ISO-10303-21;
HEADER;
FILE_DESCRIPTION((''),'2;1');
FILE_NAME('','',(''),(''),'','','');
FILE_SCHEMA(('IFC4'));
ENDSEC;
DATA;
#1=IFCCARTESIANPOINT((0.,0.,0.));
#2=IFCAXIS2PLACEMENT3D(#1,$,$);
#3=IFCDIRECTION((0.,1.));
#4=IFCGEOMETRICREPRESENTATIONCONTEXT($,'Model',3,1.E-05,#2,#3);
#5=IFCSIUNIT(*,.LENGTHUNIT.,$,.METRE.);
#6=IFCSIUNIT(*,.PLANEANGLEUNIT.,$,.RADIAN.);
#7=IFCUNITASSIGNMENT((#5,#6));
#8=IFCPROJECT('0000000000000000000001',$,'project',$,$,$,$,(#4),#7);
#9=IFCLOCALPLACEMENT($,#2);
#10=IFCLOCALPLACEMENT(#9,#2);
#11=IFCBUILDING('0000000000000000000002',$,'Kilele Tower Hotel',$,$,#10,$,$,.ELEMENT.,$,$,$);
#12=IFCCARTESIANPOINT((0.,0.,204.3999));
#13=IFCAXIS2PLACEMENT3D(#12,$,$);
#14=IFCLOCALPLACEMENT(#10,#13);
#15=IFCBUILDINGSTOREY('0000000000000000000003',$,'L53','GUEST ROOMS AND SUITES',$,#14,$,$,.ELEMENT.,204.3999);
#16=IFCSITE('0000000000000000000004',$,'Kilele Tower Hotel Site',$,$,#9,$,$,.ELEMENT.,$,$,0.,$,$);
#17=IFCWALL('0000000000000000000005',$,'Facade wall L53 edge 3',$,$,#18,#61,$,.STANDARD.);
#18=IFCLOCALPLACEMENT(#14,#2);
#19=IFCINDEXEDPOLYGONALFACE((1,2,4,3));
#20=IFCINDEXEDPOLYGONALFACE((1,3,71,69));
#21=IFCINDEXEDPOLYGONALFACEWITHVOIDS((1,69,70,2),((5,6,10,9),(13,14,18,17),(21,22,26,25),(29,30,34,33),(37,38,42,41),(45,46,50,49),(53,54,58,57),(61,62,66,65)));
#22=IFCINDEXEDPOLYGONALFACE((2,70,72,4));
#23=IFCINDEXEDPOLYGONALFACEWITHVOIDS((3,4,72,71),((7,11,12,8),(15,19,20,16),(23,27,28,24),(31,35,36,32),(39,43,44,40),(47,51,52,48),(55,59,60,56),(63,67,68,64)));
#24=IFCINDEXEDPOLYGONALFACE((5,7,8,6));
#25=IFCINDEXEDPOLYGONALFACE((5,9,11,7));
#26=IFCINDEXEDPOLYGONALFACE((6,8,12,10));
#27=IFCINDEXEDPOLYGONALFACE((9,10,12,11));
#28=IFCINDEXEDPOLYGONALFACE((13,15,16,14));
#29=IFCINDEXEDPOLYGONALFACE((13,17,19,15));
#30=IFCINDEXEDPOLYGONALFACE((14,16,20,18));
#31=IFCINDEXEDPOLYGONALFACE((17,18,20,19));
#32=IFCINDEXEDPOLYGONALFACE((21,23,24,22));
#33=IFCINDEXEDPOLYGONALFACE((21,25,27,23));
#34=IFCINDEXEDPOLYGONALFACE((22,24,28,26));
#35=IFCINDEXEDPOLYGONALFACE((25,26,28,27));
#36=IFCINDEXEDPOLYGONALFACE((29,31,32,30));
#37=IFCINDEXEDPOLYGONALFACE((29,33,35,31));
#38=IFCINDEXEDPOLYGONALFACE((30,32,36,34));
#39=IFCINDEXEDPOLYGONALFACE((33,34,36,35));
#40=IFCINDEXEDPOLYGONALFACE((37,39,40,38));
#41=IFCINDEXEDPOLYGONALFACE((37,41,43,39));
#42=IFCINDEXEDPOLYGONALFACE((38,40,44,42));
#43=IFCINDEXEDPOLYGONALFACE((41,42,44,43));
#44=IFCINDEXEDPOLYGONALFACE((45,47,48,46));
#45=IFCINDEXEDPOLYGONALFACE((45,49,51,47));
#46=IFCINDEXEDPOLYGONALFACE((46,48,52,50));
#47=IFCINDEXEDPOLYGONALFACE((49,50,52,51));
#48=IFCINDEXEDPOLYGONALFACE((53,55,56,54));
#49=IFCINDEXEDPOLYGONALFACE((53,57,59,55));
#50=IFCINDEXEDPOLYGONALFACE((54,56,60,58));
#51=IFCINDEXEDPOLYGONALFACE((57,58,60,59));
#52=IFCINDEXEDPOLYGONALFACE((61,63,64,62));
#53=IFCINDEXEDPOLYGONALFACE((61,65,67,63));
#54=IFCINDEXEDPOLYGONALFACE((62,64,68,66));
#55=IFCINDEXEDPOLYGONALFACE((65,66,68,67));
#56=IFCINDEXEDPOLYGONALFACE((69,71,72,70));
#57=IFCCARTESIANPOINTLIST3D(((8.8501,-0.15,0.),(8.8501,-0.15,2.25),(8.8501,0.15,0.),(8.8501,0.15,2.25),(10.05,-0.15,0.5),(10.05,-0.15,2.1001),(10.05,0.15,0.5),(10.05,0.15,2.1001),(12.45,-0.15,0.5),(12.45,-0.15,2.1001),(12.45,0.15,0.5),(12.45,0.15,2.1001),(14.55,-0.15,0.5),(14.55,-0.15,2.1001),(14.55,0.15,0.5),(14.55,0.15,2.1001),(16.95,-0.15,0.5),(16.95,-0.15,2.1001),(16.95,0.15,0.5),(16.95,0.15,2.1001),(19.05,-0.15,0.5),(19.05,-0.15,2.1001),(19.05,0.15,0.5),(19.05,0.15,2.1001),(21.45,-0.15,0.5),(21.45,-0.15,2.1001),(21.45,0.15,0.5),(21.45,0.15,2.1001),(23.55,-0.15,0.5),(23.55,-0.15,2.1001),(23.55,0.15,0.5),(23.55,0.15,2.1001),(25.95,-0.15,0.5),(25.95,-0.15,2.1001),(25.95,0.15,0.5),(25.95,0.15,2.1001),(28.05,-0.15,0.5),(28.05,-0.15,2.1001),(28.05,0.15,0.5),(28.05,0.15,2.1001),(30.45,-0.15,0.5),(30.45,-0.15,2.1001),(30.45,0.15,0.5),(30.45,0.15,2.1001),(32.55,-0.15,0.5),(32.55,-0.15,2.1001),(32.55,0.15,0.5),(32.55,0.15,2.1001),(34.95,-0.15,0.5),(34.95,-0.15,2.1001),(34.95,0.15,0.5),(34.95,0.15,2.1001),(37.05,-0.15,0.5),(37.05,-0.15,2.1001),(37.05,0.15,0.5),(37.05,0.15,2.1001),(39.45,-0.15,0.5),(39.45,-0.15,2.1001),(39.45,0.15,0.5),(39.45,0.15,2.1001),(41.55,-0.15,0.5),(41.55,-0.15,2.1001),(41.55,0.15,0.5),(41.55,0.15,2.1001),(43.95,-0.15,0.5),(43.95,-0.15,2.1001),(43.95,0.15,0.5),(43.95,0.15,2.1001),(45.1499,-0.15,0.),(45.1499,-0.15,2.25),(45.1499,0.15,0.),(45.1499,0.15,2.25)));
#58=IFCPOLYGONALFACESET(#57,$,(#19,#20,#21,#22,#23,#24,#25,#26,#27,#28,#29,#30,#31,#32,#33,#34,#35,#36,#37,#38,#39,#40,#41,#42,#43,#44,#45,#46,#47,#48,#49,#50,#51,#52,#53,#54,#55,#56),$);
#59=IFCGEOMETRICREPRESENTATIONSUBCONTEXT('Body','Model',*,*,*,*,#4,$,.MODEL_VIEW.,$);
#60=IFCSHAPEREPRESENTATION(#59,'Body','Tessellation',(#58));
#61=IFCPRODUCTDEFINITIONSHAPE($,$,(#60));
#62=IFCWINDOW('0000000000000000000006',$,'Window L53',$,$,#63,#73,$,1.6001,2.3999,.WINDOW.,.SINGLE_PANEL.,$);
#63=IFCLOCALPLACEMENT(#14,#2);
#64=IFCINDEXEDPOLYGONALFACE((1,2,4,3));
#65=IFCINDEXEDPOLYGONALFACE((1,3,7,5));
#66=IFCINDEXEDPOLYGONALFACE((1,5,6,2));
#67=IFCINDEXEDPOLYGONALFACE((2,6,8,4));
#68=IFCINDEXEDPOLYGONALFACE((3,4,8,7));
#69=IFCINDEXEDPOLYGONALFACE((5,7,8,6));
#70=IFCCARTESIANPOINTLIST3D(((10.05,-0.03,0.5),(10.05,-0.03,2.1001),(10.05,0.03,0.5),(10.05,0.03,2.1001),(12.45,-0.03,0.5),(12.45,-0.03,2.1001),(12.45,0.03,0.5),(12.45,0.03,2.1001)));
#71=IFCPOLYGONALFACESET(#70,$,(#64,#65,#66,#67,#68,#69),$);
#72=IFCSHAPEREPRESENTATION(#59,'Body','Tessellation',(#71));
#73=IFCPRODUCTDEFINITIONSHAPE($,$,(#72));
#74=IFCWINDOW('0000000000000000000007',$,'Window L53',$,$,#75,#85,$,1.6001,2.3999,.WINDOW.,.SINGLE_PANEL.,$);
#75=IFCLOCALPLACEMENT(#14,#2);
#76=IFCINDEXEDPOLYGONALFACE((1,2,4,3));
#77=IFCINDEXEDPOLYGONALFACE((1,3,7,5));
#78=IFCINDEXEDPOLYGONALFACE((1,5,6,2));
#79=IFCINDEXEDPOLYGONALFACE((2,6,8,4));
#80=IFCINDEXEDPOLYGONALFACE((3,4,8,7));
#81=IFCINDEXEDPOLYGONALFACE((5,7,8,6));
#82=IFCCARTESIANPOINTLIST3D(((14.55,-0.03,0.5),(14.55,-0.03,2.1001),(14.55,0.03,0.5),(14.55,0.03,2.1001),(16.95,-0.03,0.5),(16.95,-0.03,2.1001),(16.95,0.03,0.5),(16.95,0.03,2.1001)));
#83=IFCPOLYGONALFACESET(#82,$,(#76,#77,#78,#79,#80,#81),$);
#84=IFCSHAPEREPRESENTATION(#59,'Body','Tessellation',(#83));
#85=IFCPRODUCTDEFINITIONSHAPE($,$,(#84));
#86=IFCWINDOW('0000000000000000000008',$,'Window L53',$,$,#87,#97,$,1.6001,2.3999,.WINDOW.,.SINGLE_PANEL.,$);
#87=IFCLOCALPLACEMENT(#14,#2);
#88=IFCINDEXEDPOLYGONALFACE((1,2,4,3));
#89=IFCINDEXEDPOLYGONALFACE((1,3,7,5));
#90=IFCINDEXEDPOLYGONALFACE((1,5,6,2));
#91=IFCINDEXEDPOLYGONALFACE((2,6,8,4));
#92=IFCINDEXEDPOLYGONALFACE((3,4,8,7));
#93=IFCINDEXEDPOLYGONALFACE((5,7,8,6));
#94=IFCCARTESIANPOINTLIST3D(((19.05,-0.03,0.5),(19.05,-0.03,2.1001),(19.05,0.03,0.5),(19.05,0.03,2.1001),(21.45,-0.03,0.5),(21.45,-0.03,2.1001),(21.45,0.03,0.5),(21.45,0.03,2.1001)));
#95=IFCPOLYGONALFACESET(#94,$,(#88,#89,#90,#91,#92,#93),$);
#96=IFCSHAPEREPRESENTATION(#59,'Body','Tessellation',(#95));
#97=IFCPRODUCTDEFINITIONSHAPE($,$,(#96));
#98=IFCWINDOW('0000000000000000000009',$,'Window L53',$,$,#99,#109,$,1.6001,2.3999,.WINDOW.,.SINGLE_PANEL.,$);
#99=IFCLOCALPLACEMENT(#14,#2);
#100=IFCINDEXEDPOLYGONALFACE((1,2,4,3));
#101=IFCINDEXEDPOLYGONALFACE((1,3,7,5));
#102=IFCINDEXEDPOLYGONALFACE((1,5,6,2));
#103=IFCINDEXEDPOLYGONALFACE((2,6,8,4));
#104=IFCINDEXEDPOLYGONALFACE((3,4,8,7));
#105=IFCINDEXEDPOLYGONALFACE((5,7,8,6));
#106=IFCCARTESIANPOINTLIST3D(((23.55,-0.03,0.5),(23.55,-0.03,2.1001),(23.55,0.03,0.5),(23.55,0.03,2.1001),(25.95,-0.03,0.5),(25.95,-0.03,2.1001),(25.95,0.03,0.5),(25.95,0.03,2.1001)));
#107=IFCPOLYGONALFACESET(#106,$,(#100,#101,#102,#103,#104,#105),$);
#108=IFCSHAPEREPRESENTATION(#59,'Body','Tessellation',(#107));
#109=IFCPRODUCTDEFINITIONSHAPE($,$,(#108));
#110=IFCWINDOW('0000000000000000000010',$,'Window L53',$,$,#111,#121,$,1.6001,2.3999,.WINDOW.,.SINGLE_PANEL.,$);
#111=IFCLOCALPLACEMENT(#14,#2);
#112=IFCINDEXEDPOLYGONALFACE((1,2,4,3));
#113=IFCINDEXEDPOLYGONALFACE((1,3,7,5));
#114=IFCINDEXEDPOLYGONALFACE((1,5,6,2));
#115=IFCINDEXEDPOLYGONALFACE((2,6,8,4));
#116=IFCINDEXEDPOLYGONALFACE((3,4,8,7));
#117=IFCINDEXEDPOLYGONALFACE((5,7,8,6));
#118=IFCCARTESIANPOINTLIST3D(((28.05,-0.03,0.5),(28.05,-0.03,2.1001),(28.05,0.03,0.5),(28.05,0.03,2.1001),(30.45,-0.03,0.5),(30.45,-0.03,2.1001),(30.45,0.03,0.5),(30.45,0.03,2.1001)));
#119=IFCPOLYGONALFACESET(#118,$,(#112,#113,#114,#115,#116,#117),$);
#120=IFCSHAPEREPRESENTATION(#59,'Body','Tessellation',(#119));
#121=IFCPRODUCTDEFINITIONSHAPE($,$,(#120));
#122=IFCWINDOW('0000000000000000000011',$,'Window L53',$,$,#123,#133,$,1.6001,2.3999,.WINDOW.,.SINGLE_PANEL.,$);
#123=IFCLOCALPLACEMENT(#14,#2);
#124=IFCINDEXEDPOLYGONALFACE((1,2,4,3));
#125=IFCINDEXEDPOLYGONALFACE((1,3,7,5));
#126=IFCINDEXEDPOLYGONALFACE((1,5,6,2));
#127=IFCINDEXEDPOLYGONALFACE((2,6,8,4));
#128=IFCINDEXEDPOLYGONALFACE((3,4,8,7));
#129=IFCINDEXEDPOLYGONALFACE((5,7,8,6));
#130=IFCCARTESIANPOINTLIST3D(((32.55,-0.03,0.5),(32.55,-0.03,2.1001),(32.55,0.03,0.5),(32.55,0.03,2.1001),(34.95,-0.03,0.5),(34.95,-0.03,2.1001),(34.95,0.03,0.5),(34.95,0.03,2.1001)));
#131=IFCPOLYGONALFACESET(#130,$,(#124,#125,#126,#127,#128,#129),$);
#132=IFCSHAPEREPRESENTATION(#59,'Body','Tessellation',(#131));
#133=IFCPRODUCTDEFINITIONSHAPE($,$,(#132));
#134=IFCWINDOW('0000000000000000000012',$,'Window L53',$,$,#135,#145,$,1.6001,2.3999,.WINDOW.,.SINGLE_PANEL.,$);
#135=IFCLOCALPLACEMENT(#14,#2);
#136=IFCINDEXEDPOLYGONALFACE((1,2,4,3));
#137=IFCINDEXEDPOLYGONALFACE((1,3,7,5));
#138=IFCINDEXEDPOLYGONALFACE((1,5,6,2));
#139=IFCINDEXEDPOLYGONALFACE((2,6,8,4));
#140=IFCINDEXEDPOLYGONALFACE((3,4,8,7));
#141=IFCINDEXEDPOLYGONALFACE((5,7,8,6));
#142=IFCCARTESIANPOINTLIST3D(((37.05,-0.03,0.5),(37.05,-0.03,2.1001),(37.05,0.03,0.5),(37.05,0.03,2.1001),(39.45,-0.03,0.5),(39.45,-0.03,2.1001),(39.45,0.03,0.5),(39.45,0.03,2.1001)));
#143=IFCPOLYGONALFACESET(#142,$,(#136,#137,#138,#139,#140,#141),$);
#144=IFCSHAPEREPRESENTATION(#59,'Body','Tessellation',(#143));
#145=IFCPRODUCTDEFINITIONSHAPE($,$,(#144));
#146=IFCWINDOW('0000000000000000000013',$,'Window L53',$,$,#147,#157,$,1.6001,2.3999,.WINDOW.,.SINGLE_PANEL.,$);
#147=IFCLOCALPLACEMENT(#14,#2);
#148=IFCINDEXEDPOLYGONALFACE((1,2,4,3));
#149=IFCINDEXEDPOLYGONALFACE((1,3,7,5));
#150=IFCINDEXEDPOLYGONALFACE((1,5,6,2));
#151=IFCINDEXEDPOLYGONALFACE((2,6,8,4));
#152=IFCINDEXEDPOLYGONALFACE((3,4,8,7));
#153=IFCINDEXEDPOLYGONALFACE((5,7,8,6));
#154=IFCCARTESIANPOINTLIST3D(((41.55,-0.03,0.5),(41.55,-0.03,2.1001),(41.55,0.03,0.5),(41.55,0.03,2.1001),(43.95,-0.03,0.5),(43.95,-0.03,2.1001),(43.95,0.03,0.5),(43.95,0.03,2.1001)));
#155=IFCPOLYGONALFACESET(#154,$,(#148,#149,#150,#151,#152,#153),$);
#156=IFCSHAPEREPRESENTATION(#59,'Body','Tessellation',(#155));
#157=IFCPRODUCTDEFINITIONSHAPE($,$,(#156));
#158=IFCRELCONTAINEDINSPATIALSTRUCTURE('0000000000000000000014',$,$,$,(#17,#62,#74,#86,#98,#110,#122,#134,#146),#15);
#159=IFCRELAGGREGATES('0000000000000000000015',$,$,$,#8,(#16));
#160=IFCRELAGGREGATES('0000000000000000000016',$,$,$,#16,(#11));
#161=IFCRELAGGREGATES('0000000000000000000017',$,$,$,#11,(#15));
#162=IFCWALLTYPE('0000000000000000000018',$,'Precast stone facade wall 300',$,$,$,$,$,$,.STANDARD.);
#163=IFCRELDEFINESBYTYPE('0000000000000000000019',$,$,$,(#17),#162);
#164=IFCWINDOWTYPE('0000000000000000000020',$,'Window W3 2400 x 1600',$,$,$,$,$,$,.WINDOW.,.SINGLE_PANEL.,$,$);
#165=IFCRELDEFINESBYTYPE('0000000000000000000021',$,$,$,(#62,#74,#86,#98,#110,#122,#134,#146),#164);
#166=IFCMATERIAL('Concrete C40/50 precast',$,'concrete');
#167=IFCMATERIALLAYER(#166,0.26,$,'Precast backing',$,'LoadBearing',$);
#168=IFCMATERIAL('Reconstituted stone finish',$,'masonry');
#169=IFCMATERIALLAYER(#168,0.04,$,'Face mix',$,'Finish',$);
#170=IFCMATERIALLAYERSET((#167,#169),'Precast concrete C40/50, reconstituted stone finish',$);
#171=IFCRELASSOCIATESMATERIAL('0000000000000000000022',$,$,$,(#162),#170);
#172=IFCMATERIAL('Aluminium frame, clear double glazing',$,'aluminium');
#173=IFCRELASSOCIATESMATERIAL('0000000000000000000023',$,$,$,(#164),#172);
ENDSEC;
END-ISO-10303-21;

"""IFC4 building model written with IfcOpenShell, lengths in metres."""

from ifc_helpers import new_model, si_unit, direction, frame, frame_2d, origin, place, context, subcontext, project, spatial, rectangle, extrude, material, layer, layer_set, type_object, element, fill, save


model = new_model("IFC4")

# Units and contexts
model_context = context("Model", 3, precision=1e-05, world=origin(), true_north=direction((0.0, 1.0)))
body_context = subcontext(model_context, "Body", "Model", "MODEL_VIEW")
ifc_project = project(units=[si_unit("LENGTHUNIT", "METRE"), si_unit("PLANEANGLEUNIT", "RADIAN")], contexts=[model_context])

# Site, building, storey
site_placement = place(None, origin())
site = spatial("IfcSite", under=ifc_project, at=site_placement, Name="Kilele Tower Hotel Site", CompositionType="ELEMENT", RefElevation=0.0)
building_placement = place(site_placement, origin())
building = spatial("IfcBuilding", under=site, at=building_placement, Name="Kilele Tower Hotel", CompositionType="ELEMENT")
storey_placement = place(building_placement, frame((0.0, 0.0, 204.3999)))
storey = spatial("IfcBuildingStorey", under=building, at=storey_placement, Name="L53", Description="GUEST ROOMS AND SUITES", CompositionType="ELEMENT", Elevation=204.3999)

# Wall, openings, windows
ifc_material_1 = material(Name="Concrete C40/50 precast", Category="concrete")
ifc_layer_1 = layer(ifc_material_1, 0.26, Name="Precast backing", Category="LoadBearing")
ifc_material_2 = material(Name="Reconstituted stone finish", Category="masonry")
ifc_layer_2 = layer(ifc_material_2, 0.04, Name="Face mix", Category="Finish")
ifc_layer_set_1 = layer_set([ifc_layer_1, ifc_layer_2], Name="Precast concrete C40/50, reconstituted stone finish")
wall_type_1 = type_object("IfcWallType", Name="Precast stone facade wall 300", PredefinedType="STANDARD", material=ifc_layer_set_1)
wall_1_placement = place(storey_placement, frame((8.8501, 0.0, 0.0), z_axis=(0.0, 0.0, 1.0), x_axis=(1.0, 0.0, 0.0)))
wall_1 = element("IfcWall", 1, at=wall_1_placement, inside=storey, type_object=wall_type_1, Name="Facade wall L53 edge 3", PredefinedType="STANDARD", context=body_context, shape_type="SweptSolid", body=[
    extrude(rectangle(XDim=36.2998, YDim=0.3, at=frame_2d((18.1499, 0.0))), origin(), (0.0, 0.0, 1.0), 2.25),
])
opening_1_placement = place(wall_1_placement, frame((1.2, 0.0, 0.5)))
opening_1 = element("IfcOpeningElement", 2, at=opening_1_placement, cuts=wall_1, PredefinedType="OPENING", context=body_context, shape_type="SweptSolid", body=[
    extrude(rectangle(XDim=2.3999, YDim=1.6001, at=frame_2d((1.2, 0.8))), frame((0.0, 0.1599, 0.0), z_axis=(0.0, -1.0, 0.0), x_axis=(1.0, 0.0, 0.0)), (0.0, 0.0, 1.0), 0.3201),
])
opening_2_placement = place(wall_1_placement, frame((5.7, 0.0, 0.5)))
opening_2 = element("IfcOpeningElement", 3, at=opening_2_placement, cuts=wall_1, PredefinedType="OPENING", context=body_context, shape_type="SweptSolid", body=[
    extrude(rectangle(XDim=2.3999, YDim=1.6001, at=frame_2d((1.2, 0.8))), frame((0.0, 0.1599, 0.0), z_axis=(0.0, -1.0, 0.0), x_axis=(1.0, 0.0, 0.0)), (0.0, 0.0, 1.0), 0.3201),
])
opening_3_placement = place(wall_1_placement, frame((10.2, 0.0, 0.5)))
opening_3 = element("IfcOpeningElement", 4, at=opening_3_placement, cuts=wall_1, PredefinedType="OPENING", context=body_context, shape_type="SweptSolid", body=[
    extrude(rectangle(XDim=2.3999, YDim=1.6001, at=frame_2d((1.2, 0.8))), frame((0.0, 0.1599, 0.0), z_axis=(0.0, -1.0, 0.0), x_axis=(1.0, 0.0, 0.0)), (0.0, 0.0, 1.0), 0.3201),
])
opening_4_placement = place(wall_1_placement, frame((14.7, 0.0, 0.5)))
opening_4 = element("IfcOpeningElement", 5, at=opening_4_placement, cuts=wall_1, PredefinedType="OPENING", context=body_context, shape_type="SweptSolid", body=[
    extrude(rectangle(XDim=2.3999, YDim=1.6001, at=frame_2d((1.2, 0.8))), frame((0.0, 0.1599, 0.0), z_axis=(0.0, -1.0, 0.0), x_axis=(1.0, 0.0, 0.0)), (0.0, 0.0, 1.0), 0.3201),
])
opening_5_placement = place(wall_1_placement, frame((19.2, 0.0, 0.5)))
opening_5 = element("IfcOpeningElement", 6, at=opening_5_placement, cuts=wall_1, PredefinedType="OPENING", context=body_context, shape_type="SweptSolid", body=[
    extrude(rectangle(XDim=2.3999, YDim=1.6001, at=frame_2d((1.2, 0.8))), frame((0.0, 0.1599, 0.0), z_axis=(0.0, -1.0, 0.0), x_axis=(1.0, 0.0, 0.0)), (0.0, 0.0, 1.0), 0.3201),
])
opening_6_placement = place(wall_1_placement, frame((23.7, 0.0, 0.5)))
opening_6 = element("IfcOpeningElement", 7, at=opening_6_placement, cuts=wall_1, PredefinedType="OPENING", context=body_context, shape_type="SweptSolid", body=[
    extrude(rectangle(XDim=2.3999, YDim=1.6001, at=frame_2d((1.2, 0.8))), frame((0.0, 0.1599, 0.0), z_axis=(0.0, -1.0, 0.0), x_axis=(1.0, 0.0, 0.0)), (0.0, 0.0, 1.0), 0.3201),
])
opening_7_placement = place(wall_1_placement, frame((28.2, 0.0, 0.5)))
opening_7 = element("IfcOpeningElement", 8, at=opening_7_placement, cuts=wall_1, PredefinedType="OPENING", context=body_context, shape_type="SweptSolid", body=[
    extrude(rectangle(XDim=2.3999, YDim=1.6001, at=frame_2d((1.2, 0.8))), frame((0.0, 0.1599, 0.0), z_axis=(0.0, -1.0, 0.0), x_axis=(1.0, 0.0, 0.0)), (0.0, 0.0, 1.0), 0.3201),
])
opening_8_placement = place(wall_1_placement, frame((32.7, 0.0, 0.5)))
opening_8 = element("IfcOpeningElement", 9, at=opening_8_placement, cuts=wall_1, PredefinedType="OPENING", context=body_context, shape_type="SweptSolid", body=[
    extrude(rectangle(XDim=2.3999, YDim=1.6001, at=frame_2d((1.2, 0.8))), frame((0.0, 0.1599, 0.0), z_axis=(0.0, -1.0, 0.0), x_axis=(1.0, 0.0, 0.0)), (0.0, 0.0, 1.0), 0.3201),
])
ifc_material_3 = material(Name="Aluminium frame, clear double glazing", Category="aluminium")
window_type = type_object("IfcWindowType", Name="Window W3 2400 x 1600", PartitioningType="SINGLE_PANEL", PredefinedType="WINDOW", material=ifc_material_3)
window_1_placement = place(opening_1_placement, origin())
window_1 = element("IfcWindow", 10, at=window_1_placement, inside=storey, type_object=window_type, Name="Window L53", OverallHeight=1.6001, OverallWidth=2.3999, PartitioningType="SINGLE_PANEL", PredefinedType="WINDOW", context=body_context, shape_type="SweptSolid", body=[
    extrude(rectangle(XDim=2.3999, YDim=1.6001, at=frame_2d((1.2, 0.8))), frame((0.0, 0.03, 0.0), z_axis=(0.0, -1.0, 0.0), x_axis=(1.0, 0.0, 0.0)), (0.0, 0.0, 1.0), 0.0601),
])
fill(opening_1, window_1)
window_2_placement = place(opening_2_placement, origin())
window_2 = element("IfcWindow", 11, at=window_2_placement, inside=storey, type_object=window_type, Name="Window L53", OverallHeight=1.6001, OverallWidth=2.3999, PartitioningType="SINGLE_PANEL", PredefinedType="WINDOW", context=body_context, shape_type="SweptSolid", body=[
    extrude(rectangle(XDim=2.3999, YDim=1.6001, at=frame_2d((1.2, 0.8))), frame((0.0, 0.03, 0.0), z_axis=(0.0, -1.0, 0.0), x_axis=(1.0, 0.0, 0.0)), (0.0, 0.0, 1.0), 0.0601),
])
fill(opening_2, window_2)
window_3_placement = place(opening_3_placement, origin())
window_3 = element("IfcWindow", 12, at=window_3_placement, inside=storey, type_object=window_type, Name="Window L53", OverallHeight=1.6001, OverallWidth=2.3999, PartitioningType="SINGLE_PANEL", PredefinedType="WINDOW", context=body_context, shape_type="SweptSolid", body=[
    extrude(rectangle(XDim=2.3999, YDim=1.6001, at=frame_2d((1.2, 0.8))), frame((0.0, 0.03, 0.0), z_axis=(0.0, -1.0, 0.0), x_axis=(1.0, 0.0, 0.0)), (0.0, 0.0, 1.0), 0.0601),
])
fill(opening_3, window_3)
window_4_placement = place(opening_4_placement, origin())
window_4 = element("IfcWindow", 13, at=window_4_placement, inside=storey, type_object=window_type, Name="Window L53", OverallHeight=1.6001, OverallWidth=2.3999, PartitioningType="SINGLE_PANEL", PredefinedType="WINDOW", context=body_context, shape_type="SweptSolid", body=[
    extrude(rectangle(XDim=2.3999, YDim=1.6001, at=frame_2d((1.2, 0.8))), frame((0.0, 0.03, 0.0), z_axis=(0.0, -1.0, 0.0), x_axis=(1.0, 0.0, 0.0)), (0.0, 0.0, 1.0), 0.0601),
])
fill(opening_4, window_4)
window_5_placement = place(opening_5_placement, origin())
window_5 = element("IfcWindow", 14, at=window_5_placement, inside=storey, type_object=window_type, Name="Window L53", OverallHeight=1.6001, OverallWidth=2.3999, PartitioningType="SINGLE_PANEL", PredefinedType="WINDOW", context=body_context, shape_type="SweptSolid", body=[
    extrude(rectangle(XDim=2.3999, YDim=1.6001, at=frame_2d((1.2, 0.8))), frame((0.0, 0.03, 0.0), z_axis=(0.0, -1.0, 0.0), x_axis=(1.0, 0.0, 0.0)), (0.0, 0.0, 1.0), 0.0601),
])
fill(opening_5, window_5)
window_6_placement = place(opening_6_placement, origin())
window_6 = element("IfcWindow", 15, at=window_6_placement, inside=storey, type_object=window_type, Name="Window L53", OverallHeight=1.6001, OverallWidth=2.3999, PartitioningType="SINGLE_PANEL", PredefinedType="WINDOW", context=body_context, shape_type="SweptSolid", body=[
    extrude(rectangle(XDim=2.3999, YDim=1.6001, at=frame_2d((1.2, 0.8))), frame((0.0, 0.03, 0.0), z_axis=(0.0, -1.0, 0.0), x_axis=(1.0, 0.0, 0.0)), (0.0, 0.0, 1.0), 0.0601),
])
fill(opening_6, window_6)
window_7_placement = place(opening_7_placement, origin())
window_7 = element("IfcWindow", 16, at=window_7_placement, inside=storey, type_object=window_type, Name="Window L53", OverallHeight=1.6001, OverallWidth=2.3999, PartitioningType="SINGLE_PANEL", PredefinedType="WINDOW", context=body_context, shape_type="SweptSolid", body=[
    extrude(rectangle(XDim=2.3999, YDim=1.6001, at=frame_2d((1.2, 0.8))), frame((0.0, 0.03, 0.0), z_axis=(0.0, -1.0, 0.0), x_axis=(1.0, 0.0, 0.0)), (0.0, 0.0, 1.0), 0.0601),
])
fill(opening_7, window_7)
window_8_placement = place(opening_8_placement, origin())
window_8 = element("IfcWindow", 17, at=window_8_placement, inside=storey, type_object=window_type, Name="Window L53", OverallHeight=1.6001, OverallWidth=2.3999, PartitioningType="SINGLE_PANEL", PredefinedType="WINDOW", context=body_context, shape_type="SweptSolid", body=[
    extrude(rectangle(XDim=2.3999, YDim=1.6001, at=frame_2d((1.2, 0.8))), frame((0.0, 0.03, 0.0), z_axis=(0.0, -1.0, 0.0), x_axis=(1.0, 0.0, 0.0)), (0.0, 0.0, 1.0), 0.0601),
])
fill(opening_8, window_8)

save(model, "model.ifc")
